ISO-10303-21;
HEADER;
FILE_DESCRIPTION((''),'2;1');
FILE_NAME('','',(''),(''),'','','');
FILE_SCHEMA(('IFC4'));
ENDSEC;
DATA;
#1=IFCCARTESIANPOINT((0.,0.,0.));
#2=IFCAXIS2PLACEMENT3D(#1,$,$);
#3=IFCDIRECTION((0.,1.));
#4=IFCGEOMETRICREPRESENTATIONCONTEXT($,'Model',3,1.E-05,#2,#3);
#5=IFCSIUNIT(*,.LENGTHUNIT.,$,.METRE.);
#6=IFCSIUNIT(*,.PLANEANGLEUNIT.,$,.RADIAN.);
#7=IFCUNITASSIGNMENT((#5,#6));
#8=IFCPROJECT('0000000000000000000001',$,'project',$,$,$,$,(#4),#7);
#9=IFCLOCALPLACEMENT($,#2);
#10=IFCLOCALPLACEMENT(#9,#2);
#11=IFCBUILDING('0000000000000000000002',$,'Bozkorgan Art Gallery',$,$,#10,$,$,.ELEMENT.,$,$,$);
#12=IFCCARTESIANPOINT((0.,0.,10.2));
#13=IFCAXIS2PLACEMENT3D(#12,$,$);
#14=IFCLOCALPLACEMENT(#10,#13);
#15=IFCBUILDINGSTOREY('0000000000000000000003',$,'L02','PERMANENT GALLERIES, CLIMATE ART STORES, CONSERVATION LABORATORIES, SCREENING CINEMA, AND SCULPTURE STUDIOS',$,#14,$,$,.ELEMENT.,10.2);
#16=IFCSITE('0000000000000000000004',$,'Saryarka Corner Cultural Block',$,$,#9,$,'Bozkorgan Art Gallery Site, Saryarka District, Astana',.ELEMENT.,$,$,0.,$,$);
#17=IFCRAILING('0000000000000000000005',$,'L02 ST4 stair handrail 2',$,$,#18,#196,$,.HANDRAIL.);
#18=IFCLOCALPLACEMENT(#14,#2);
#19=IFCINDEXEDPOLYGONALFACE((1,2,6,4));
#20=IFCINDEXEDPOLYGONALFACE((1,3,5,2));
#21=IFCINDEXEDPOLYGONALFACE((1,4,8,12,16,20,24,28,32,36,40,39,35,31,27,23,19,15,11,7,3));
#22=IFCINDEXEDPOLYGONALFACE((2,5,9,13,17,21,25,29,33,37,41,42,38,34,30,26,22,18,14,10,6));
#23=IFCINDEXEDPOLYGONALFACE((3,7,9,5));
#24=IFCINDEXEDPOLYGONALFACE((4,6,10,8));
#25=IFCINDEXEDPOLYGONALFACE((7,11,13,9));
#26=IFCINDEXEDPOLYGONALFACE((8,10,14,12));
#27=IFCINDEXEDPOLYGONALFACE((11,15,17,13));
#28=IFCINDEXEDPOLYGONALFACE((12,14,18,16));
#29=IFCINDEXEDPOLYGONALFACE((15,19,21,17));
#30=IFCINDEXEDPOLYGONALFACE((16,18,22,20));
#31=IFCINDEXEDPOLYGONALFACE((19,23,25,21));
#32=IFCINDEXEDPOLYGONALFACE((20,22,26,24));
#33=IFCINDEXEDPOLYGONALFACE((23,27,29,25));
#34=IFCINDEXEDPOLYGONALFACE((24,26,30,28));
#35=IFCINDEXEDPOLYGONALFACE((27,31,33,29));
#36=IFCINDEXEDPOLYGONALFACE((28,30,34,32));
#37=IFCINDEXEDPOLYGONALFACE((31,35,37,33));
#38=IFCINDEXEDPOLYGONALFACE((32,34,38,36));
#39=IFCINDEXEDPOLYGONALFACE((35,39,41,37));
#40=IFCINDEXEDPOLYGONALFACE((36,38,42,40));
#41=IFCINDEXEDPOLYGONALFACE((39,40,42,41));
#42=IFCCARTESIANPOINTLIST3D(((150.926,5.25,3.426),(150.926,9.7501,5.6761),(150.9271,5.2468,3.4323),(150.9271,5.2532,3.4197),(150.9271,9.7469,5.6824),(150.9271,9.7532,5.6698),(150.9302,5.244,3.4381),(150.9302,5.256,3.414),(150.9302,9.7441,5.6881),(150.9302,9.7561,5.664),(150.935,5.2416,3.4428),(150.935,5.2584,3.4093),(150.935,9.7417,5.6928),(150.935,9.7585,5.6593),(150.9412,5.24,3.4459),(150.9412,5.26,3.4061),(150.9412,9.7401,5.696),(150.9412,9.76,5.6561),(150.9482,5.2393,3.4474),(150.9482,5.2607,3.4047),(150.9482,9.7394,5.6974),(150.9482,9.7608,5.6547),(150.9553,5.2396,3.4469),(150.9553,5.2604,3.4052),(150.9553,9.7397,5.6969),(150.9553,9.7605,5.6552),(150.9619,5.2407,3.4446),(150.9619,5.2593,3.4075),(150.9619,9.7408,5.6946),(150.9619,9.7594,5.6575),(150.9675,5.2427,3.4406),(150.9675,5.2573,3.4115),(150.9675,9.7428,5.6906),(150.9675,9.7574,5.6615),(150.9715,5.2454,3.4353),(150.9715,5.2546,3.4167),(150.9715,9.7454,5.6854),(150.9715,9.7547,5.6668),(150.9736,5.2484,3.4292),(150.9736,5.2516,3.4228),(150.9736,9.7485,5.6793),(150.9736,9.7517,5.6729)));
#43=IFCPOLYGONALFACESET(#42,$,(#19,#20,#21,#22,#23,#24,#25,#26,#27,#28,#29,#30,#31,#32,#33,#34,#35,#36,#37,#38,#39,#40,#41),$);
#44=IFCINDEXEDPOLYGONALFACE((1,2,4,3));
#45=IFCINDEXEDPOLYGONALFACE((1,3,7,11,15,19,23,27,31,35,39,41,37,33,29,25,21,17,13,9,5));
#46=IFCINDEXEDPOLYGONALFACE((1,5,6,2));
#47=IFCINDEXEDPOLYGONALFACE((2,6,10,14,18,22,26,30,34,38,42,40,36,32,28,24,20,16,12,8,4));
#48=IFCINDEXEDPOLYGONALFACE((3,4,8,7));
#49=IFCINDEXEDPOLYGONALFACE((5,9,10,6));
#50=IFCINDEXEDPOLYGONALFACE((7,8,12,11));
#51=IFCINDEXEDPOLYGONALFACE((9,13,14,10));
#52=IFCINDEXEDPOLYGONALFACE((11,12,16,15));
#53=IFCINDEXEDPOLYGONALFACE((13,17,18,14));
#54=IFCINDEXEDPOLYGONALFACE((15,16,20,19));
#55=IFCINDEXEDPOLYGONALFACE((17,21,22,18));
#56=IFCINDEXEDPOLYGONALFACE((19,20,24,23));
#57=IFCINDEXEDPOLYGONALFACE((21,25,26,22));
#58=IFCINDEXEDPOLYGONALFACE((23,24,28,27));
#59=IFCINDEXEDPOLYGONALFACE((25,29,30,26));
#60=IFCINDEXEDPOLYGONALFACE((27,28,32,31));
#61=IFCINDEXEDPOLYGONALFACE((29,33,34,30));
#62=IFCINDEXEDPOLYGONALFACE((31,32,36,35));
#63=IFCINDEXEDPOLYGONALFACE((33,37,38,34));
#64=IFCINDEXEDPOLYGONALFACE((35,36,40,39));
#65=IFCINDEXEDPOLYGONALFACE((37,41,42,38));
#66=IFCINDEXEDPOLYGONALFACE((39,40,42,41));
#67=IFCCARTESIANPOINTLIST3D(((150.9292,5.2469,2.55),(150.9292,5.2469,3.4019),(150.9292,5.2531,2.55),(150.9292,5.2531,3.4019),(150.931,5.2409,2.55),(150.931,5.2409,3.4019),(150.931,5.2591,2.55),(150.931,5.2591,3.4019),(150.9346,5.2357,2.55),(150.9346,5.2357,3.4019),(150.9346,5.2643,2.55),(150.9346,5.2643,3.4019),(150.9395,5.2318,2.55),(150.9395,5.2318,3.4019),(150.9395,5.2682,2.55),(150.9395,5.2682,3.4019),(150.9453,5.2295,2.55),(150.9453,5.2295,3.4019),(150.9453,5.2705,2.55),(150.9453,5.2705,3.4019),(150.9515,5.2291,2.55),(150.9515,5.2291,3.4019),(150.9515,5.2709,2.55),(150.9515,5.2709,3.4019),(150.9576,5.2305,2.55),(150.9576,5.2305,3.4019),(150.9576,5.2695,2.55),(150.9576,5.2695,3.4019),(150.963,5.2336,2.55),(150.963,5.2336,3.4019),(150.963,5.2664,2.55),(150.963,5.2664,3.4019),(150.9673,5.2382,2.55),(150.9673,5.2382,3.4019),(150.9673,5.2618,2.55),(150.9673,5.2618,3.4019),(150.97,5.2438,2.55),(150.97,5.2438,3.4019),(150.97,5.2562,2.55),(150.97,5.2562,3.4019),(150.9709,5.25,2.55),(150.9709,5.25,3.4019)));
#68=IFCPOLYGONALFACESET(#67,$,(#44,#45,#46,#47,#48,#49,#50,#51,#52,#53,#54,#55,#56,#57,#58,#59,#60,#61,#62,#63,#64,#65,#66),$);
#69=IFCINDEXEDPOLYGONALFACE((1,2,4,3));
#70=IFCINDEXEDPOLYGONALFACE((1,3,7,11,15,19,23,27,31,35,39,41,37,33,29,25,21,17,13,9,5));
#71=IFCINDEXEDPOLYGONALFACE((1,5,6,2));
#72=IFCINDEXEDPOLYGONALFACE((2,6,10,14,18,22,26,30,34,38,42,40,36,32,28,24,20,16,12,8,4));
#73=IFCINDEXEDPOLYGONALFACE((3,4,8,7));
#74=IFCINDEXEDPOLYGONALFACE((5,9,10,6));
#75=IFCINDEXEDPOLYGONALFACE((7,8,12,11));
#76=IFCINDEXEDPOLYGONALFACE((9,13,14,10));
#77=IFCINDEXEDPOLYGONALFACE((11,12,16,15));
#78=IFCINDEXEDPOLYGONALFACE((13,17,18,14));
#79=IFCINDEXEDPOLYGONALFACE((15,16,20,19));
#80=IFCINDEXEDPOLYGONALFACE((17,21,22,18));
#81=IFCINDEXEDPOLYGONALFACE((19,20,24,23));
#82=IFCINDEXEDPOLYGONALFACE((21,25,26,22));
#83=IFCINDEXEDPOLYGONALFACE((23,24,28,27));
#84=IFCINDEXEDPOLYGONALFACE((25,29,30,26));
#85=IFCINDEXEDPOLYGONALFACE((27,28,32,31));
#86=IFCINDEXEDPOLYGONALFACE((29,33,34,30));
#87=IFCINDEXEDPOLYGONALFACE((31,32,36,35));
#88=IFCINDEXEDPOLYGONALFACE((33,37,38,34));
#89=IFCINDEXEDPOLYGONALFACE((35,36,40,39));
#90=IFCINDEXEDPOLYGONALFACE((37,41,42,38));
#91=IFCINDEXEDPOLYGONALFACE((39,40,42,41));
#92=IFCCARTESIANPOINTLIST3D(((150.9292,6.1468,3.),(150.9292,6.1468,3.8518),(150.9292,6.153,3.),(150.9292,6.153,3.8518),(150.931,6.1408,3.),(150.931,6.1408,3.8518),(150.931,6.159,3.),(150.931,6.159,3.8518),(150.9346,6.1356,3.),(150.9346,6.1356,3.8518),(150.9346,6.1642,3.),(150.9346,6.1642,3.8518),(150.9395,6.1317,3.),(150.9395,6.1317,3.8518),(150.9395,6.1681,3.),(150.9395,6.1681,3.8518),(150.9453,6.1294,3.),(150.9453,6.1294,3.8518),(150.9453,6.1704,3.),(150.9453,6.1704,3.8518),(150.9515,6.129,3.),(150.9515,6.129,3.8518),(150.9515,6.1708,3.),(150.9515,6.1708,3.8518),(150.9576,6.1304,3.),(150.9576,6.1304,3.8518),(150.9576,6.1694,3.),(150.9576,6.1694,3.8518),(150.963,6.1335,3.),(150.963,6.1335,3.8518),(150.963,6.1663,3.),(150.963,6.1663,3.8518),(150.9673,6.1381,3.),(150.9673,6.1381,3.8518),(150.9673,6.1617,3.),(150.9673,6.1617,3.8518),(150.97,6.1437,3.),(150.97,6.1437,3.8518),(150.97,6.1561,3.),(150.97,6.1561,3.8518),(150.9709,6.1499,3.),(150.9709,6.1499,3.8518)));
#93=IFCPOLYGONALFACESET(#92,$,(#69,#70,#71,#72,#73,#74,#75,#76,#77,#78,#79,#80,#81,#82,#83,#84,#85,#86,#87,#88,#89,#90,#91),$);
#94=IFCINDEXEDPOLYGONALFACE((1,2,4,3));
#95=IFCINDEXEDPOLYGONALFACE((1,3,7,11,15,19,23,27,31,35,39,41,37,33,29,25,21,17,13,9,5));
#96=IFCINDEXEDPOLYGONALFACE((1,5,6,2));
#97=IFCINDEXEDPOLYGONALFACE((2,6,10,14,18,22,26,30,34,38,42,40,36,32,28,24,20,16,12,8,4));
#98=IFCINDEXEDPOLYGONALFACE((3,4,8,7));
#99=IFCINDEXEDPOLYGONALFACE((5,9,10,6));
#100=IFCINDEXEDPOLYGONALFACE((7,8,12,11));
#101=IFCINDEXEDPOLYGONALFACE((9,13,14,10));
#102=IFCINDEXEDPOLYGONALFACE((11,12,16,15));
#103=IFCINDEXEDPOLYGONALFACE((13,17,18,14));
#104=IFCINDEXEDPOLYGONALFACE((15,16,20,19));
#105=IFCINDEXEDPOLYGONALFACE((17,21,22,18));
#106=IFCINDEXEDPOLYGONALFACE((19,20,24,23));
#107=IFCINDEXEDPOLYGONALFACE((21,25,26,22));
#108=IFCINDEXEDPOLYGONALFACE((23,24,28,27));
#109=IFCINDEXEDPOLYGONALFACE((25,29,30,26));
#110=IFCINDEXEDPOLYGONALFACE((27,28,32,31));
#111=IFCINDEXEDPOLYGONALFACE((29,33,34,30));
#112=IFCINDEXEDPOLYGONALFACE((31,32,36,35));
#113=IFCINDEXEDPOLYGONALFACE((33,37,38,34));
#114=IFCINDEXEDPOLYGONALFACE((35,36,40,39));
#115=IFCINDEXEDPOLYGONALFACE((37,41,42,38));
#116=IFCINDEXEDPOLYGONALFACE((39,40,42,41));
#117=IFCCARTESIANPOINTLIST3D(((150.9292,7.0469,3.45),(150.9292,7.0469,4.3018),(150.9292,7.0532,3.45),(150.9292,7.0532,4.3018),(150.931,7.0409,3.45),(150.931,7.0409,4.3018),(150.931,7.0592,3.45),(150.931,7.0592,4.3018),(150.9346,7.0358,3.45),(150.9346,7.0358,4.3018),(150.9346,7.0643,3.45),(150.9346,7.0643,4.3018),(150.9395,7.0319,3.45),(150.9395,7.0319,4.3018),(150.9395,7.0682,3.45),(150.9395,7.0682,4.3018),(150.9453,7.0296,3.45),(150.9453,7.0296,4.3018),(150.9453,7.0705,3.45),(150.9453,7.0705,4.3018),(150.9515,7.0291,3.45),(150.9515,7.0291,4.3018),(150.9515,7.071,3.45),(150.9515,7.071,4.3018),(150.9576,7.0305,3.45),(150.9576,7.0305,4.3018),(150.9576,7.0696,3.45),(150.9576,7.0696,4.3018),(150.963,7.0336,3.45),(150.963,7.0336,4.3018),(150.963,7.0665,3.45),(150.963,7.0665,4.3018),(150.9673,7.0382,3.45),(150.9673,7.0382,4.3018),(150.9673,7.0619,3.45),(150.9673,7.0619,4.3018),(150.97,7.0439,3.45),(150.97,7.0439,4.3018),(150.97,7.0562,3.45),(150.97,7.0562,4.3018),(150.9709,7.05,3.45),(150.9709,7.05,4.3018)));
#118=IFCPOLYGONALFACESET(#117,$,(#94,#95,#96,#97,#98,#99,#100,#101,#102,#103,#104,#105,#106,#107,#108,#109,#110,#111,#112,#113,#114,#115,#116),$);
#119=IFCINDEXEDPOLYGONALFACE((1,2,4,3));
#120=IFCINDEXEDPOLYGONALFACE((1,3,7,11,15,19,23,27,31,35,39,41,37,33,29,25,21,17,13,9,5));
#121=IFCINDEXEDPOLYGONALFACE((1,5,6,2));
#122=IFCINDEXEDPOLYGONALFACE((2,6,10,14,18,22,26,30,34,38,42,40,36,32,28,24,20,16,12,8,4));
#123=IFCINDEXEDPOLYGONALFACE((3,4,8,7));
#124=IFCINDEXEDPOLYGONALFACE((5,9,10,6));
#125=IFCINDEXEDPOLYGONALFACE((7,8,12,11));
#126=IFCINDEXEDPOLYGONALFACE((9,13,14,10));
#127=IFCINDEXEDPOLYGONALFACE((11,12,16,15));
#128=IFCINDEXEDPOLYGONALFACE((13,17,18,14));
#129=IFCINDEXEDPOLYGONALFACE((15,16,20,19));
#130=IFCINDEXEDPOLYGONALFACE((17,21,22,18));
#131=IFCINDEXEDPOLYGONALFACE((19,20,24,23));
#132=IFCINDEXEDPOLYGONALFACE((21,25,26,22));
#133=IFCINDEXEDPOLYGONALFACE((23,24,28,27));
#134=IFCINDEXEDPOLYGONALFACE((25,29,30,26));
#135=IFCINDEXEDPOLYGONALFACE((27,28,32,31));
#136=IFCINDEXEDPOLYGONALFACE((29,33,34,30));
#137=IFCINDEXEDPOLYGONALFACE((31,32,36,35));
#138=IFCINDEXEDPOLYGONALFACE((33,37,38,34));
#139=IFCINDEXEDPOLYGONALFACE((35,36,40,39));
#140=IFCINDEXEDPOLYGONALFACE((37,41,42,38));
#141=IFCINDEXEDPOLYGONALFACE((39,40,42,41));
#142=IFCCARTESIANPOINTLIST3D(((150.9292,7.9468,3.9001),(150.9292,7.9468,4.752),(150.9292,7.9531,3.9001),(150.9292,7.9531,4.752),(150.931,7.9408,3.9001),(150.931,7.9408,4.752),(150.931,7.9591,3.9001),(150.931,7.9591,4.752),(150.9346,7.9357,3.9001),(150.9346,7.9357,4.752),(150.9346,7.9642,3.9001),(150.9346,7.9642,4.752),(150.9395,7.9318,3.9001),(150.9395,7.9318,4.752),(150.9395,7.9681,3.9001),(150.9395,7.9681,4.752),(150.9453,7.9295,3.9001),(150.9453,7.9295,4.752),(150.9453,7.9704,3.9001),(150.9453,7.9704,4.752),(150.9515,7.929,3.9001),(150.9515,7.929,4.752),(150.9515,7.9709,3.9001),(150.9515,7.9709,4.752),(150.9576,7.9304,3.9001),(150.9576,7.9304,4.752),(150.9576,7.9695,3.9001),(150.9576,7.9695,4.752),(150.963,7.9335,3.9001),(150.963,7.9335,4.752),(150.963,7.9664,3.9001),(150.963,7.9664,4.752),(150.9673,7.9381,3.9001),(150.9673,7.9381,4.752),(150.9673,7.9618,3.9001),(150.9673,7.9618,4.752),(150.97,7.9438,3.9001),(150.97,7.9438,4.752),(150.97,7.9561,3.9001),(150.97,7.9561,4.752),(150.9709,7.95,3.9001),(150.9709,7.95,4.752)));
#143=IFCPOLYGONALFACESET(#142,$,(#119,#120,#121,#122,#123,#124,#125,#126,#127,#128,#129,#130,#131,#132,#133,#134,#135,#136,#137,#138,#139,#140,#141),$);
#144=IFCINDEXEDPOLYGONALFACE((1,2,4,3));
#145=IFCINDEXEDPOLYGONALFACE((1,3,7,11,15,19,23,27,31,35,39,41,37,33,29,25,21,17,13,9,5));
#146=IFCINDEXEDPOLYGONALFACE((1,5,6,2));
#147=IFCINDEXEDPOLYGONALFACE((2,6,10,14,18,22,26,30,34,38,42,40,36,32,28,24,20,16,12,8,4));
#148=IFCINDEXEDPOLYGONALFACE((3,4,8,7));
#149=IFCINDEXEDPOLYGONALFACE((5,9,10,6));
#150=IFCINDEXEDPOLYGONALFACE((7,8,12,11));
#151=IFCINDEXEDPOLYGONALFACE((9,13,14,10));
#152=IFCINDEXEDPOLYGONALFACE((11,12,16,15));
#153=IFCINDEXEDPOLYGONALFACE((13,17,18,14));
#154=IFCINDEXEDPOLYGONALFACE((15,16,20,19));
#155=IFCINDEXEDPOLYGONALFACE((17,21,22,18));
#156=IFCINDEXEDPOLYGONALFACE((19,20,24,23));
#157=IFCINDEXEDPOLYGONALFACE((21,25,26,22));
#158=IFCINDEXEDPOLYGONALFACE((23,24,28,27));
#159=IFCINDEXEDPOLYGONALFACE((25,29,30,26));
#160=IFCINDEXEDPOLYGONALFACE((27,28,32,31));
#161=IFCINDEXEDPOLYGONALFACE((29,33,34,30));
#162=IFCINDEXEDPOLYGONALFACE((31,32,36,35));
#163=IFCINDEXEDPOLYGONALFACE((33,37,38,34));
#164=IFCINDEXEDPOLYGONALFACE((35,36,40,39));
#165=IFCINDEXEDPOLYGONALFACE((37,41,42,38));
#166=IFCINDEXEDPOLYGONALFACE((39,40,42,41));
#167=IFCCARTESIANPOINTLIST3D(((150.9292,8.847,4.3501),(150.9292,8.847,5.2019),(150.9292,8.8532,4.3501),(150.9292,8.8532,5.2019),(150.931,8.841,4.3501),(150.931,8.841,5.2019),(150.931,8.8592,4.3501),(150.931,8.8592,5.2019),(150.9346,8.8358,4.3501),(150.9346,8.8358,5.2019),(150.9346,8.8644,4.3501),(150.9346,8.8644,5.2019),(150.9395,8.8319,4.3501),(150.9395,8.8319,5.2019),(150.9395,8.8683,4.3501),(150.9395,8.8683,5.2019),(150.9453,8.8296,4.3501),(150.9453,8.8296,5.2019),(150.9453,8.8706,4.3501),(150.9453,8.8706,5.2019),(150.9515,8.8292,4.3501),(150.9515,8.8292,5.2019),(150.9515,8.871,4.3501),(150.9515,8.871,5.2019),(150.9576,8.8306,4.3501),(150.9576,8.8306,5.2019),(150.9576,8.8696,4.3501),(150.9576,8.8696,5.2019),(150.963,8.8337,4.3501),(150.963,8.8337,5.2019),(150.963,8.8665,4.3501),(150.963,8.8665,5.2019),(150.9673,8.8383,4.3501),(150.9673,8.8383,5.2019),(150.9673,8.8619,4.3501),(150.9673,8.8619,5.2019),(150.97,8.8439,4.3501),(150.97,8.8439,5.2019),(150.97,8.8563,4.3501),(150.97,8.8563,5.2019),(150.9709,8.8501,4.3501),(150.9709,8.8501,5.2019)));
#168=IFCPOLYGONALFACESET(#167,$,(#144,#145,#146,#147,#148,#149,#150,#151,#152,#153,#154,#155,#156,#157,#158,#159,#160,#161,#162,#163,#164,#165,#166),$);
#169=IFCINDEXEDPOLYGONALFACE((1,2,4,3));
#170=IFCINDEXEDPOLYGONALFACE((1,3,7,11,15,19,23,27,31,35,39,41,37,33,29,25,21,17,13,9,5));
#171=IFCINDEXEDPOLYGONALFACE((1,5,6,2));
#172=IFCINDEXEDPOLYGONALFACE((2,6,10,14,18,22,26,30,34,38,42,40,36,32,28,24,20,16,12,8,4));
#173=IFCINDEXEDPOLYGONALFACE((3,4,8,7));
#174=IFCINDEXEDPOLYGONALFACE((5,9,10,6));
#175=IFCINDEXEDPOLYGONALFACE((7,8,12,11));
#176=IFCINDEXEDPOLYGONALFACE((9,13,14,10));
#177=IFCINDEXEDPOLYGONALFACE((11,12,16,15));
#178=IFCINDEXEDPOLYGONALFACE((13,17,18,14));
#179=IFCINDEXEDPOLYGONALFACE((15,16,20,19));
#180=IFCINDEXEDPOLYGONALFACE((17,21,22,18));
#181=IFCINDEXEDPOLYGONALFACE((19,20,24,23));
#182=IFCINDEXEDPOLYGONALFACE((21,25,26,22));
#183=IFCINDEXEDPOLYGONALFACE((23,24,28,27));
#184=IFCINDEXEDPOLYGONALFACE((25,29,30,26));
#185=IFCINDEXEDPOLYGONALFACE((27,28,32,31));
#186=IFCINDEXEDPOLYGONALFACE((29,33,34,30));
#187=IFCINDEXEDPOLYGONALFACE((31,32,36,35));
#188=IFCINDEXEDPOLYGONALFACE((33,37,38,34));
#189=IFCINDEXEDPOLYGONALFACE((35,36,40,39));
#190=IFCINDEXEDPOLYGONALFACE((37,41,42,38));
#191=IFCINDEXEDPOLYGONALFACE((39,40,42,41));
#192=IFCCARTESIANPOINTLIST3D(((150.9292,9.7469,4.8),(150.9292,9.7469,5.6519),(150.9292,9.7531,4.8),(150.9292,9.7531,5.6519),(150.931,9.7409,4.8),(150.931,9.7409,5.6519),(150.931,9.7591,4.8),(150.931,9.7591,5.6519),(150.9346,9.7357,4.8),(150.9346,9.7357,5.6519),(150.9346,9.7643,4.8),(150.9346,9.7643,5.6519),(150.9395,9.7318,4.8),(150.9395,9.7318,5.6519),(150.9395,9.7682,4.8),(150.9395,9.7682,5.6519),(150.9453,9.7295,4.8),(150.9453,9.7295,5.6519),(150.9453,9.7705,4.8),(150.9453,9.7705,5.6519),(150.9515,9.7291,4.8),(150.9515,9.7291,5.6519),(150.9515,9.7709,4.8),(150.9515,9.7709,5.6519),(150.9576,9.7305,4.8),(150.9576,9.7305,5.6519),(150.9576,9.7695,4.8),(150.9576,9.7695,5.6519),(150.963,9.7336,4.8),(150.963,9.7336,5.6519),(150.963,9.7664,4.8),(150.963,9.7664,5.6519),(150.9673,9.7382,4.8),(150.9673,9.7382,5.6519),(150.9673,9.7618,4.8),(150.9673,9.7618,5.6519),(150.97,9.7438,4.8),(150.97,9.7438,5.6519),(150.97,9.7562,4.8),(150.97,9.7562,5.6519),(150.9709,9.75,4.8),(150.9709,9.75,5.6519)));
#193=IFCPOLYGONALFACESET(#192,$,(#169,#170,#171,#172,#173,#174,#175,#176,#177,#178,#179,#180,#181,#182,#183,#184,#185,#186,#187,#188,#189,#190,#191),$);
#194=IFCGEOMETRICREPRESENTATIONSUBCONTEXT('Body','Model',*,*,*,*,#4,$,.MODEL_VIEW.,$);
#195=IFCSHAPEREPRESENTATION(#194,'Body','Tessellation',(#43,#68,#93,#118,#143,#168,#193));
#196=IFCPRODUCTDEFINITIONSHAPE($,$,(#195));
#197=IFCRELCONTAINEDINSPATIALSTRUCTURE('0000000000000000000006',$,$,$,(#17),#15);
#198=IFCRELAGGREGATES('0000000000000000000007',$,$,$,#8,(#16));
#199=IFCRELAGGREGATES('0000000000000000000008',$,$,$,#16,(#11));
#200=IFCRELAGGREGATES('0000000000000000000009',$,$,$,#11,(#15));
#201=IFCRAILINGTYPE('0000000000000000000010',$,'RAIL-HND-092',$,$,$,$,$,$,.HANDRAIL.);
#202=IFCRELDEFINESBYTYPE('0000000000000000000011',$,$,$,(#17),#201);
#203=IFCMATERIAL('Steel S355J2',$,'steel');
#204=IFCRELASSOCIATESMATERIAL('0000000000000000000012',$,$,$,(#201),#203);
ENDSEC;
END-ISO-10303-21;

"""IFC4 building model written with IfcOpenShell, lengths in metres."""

from ifc_helpers import new_model, si_unit, direction, frame, origin, origin_2d, place, context, subcontext, project, spatial, circle, extrude, material, type_object, element, save


model = new_model("IFC4")

# Units and contexts
model_context = context("Model", 3, precision=1e-05, world=origin(), true_north=direction((0.0, 1.0)))
body_context = subcontext(model_context, "Body", "Model", "MODEL_VIEW")
ifc_project = project(units=[si_unit("LENGTHUNIT", "METRE"), si_unit("PLANEANGLEUNIT", "RADIAN")], contexts=[model_context])

# Site, building, storey
site_placement = place(None, origin())
site = spatial("IfcSite", under=ifc_project, at=site_placement, Name="Saryarka Corner Cultural Block", LongName="Bozkorgan Art Gallery Site, Saryarka District, Astana", CompositionType="ELEMENT", RefElevation=0.0)
building_placement = place(site_placement, origin())
building = spatial("IfcBuilding", under=site, at=building_placement, Name="Bozkorgan Art Gallery", CompositionType="ELEMENT")
storey_placement = place(building_placement, frame((0.0, 0.0, 10.2)))
storey = spatial("IfcBuildingStorey", under=building, at=storey_placement, Name="L02", Description="PERMANENT GALLERIES, CLIMATE ART STORES, CONSERVATION LABORATORIES, SCREENING CINEMA, AND SCULPTURE STUDIOS", CompositionType="ELEMENT", Elevation=10.2)

# Shared definitions
ifc_material_1 = material(Name="Steel S355J2", Category="steel")

# Railing
railing_type_1 = type_object("IfcRailingType", Name="RAIL-HND-092", PredefinedType="HANDRAIL", material=ifc_material_1)
railing_1_placement = place(storey_placement, frame((150.95, 5.25, 2.55)))
element("IfcRailing", 1, at=railing_1_placement, inside=storey, type_object=railing_type_1, Name="L02 ST4 stair handrail 2", PredefinedType="HANDRAIL", context=body_context, shape_type="SweptSolid", body=[
    extrude(circle(Radius=0.0239, at=origin_2d()), frame((0.0, 0.0, 0.876), z_axis=(0.0, 0.894427, 0.447214), x_axis=(-1.0, 0.0, 0.0)), (0.0, 0.0, 1.0), 5.0312),
    extrude(circle(Radius=0.021, at=origin_2d()), origin(), (0.0, 0.0, 1.0), 0.8518),
    extrude(circle(Radius=0.021, at=origin_2d()), frame((0.0, 0.8999, 0.45)), (0.0, 0.0, 1.0), 0.8518),
    extrude(circle(Radius=0.021, at=origin_2d()), frame((0.0, 1.8, 0.8999)), (0.0, 0.0, 1.0), 0.8518),
    extrude(circle(Radius=0.021, at=origin_2d()), frame((0.0, 2.7, 1.3501)), (0.0, 0.0, 1.0), 0.8518),
    extrude(circle(Radius=0.021, at=origin_2d()), frame((0.0, 3.6001, 1.8)), (0.0, 0.0, 1.0), 0.8518),
    extrude(circle(Radius=0.021, at=origin_2d()), frame((0.0, 4.5, 2.25)), (0.0, 0.0, 1.0), 0.8518),
])

save(model, "model.ifc")
